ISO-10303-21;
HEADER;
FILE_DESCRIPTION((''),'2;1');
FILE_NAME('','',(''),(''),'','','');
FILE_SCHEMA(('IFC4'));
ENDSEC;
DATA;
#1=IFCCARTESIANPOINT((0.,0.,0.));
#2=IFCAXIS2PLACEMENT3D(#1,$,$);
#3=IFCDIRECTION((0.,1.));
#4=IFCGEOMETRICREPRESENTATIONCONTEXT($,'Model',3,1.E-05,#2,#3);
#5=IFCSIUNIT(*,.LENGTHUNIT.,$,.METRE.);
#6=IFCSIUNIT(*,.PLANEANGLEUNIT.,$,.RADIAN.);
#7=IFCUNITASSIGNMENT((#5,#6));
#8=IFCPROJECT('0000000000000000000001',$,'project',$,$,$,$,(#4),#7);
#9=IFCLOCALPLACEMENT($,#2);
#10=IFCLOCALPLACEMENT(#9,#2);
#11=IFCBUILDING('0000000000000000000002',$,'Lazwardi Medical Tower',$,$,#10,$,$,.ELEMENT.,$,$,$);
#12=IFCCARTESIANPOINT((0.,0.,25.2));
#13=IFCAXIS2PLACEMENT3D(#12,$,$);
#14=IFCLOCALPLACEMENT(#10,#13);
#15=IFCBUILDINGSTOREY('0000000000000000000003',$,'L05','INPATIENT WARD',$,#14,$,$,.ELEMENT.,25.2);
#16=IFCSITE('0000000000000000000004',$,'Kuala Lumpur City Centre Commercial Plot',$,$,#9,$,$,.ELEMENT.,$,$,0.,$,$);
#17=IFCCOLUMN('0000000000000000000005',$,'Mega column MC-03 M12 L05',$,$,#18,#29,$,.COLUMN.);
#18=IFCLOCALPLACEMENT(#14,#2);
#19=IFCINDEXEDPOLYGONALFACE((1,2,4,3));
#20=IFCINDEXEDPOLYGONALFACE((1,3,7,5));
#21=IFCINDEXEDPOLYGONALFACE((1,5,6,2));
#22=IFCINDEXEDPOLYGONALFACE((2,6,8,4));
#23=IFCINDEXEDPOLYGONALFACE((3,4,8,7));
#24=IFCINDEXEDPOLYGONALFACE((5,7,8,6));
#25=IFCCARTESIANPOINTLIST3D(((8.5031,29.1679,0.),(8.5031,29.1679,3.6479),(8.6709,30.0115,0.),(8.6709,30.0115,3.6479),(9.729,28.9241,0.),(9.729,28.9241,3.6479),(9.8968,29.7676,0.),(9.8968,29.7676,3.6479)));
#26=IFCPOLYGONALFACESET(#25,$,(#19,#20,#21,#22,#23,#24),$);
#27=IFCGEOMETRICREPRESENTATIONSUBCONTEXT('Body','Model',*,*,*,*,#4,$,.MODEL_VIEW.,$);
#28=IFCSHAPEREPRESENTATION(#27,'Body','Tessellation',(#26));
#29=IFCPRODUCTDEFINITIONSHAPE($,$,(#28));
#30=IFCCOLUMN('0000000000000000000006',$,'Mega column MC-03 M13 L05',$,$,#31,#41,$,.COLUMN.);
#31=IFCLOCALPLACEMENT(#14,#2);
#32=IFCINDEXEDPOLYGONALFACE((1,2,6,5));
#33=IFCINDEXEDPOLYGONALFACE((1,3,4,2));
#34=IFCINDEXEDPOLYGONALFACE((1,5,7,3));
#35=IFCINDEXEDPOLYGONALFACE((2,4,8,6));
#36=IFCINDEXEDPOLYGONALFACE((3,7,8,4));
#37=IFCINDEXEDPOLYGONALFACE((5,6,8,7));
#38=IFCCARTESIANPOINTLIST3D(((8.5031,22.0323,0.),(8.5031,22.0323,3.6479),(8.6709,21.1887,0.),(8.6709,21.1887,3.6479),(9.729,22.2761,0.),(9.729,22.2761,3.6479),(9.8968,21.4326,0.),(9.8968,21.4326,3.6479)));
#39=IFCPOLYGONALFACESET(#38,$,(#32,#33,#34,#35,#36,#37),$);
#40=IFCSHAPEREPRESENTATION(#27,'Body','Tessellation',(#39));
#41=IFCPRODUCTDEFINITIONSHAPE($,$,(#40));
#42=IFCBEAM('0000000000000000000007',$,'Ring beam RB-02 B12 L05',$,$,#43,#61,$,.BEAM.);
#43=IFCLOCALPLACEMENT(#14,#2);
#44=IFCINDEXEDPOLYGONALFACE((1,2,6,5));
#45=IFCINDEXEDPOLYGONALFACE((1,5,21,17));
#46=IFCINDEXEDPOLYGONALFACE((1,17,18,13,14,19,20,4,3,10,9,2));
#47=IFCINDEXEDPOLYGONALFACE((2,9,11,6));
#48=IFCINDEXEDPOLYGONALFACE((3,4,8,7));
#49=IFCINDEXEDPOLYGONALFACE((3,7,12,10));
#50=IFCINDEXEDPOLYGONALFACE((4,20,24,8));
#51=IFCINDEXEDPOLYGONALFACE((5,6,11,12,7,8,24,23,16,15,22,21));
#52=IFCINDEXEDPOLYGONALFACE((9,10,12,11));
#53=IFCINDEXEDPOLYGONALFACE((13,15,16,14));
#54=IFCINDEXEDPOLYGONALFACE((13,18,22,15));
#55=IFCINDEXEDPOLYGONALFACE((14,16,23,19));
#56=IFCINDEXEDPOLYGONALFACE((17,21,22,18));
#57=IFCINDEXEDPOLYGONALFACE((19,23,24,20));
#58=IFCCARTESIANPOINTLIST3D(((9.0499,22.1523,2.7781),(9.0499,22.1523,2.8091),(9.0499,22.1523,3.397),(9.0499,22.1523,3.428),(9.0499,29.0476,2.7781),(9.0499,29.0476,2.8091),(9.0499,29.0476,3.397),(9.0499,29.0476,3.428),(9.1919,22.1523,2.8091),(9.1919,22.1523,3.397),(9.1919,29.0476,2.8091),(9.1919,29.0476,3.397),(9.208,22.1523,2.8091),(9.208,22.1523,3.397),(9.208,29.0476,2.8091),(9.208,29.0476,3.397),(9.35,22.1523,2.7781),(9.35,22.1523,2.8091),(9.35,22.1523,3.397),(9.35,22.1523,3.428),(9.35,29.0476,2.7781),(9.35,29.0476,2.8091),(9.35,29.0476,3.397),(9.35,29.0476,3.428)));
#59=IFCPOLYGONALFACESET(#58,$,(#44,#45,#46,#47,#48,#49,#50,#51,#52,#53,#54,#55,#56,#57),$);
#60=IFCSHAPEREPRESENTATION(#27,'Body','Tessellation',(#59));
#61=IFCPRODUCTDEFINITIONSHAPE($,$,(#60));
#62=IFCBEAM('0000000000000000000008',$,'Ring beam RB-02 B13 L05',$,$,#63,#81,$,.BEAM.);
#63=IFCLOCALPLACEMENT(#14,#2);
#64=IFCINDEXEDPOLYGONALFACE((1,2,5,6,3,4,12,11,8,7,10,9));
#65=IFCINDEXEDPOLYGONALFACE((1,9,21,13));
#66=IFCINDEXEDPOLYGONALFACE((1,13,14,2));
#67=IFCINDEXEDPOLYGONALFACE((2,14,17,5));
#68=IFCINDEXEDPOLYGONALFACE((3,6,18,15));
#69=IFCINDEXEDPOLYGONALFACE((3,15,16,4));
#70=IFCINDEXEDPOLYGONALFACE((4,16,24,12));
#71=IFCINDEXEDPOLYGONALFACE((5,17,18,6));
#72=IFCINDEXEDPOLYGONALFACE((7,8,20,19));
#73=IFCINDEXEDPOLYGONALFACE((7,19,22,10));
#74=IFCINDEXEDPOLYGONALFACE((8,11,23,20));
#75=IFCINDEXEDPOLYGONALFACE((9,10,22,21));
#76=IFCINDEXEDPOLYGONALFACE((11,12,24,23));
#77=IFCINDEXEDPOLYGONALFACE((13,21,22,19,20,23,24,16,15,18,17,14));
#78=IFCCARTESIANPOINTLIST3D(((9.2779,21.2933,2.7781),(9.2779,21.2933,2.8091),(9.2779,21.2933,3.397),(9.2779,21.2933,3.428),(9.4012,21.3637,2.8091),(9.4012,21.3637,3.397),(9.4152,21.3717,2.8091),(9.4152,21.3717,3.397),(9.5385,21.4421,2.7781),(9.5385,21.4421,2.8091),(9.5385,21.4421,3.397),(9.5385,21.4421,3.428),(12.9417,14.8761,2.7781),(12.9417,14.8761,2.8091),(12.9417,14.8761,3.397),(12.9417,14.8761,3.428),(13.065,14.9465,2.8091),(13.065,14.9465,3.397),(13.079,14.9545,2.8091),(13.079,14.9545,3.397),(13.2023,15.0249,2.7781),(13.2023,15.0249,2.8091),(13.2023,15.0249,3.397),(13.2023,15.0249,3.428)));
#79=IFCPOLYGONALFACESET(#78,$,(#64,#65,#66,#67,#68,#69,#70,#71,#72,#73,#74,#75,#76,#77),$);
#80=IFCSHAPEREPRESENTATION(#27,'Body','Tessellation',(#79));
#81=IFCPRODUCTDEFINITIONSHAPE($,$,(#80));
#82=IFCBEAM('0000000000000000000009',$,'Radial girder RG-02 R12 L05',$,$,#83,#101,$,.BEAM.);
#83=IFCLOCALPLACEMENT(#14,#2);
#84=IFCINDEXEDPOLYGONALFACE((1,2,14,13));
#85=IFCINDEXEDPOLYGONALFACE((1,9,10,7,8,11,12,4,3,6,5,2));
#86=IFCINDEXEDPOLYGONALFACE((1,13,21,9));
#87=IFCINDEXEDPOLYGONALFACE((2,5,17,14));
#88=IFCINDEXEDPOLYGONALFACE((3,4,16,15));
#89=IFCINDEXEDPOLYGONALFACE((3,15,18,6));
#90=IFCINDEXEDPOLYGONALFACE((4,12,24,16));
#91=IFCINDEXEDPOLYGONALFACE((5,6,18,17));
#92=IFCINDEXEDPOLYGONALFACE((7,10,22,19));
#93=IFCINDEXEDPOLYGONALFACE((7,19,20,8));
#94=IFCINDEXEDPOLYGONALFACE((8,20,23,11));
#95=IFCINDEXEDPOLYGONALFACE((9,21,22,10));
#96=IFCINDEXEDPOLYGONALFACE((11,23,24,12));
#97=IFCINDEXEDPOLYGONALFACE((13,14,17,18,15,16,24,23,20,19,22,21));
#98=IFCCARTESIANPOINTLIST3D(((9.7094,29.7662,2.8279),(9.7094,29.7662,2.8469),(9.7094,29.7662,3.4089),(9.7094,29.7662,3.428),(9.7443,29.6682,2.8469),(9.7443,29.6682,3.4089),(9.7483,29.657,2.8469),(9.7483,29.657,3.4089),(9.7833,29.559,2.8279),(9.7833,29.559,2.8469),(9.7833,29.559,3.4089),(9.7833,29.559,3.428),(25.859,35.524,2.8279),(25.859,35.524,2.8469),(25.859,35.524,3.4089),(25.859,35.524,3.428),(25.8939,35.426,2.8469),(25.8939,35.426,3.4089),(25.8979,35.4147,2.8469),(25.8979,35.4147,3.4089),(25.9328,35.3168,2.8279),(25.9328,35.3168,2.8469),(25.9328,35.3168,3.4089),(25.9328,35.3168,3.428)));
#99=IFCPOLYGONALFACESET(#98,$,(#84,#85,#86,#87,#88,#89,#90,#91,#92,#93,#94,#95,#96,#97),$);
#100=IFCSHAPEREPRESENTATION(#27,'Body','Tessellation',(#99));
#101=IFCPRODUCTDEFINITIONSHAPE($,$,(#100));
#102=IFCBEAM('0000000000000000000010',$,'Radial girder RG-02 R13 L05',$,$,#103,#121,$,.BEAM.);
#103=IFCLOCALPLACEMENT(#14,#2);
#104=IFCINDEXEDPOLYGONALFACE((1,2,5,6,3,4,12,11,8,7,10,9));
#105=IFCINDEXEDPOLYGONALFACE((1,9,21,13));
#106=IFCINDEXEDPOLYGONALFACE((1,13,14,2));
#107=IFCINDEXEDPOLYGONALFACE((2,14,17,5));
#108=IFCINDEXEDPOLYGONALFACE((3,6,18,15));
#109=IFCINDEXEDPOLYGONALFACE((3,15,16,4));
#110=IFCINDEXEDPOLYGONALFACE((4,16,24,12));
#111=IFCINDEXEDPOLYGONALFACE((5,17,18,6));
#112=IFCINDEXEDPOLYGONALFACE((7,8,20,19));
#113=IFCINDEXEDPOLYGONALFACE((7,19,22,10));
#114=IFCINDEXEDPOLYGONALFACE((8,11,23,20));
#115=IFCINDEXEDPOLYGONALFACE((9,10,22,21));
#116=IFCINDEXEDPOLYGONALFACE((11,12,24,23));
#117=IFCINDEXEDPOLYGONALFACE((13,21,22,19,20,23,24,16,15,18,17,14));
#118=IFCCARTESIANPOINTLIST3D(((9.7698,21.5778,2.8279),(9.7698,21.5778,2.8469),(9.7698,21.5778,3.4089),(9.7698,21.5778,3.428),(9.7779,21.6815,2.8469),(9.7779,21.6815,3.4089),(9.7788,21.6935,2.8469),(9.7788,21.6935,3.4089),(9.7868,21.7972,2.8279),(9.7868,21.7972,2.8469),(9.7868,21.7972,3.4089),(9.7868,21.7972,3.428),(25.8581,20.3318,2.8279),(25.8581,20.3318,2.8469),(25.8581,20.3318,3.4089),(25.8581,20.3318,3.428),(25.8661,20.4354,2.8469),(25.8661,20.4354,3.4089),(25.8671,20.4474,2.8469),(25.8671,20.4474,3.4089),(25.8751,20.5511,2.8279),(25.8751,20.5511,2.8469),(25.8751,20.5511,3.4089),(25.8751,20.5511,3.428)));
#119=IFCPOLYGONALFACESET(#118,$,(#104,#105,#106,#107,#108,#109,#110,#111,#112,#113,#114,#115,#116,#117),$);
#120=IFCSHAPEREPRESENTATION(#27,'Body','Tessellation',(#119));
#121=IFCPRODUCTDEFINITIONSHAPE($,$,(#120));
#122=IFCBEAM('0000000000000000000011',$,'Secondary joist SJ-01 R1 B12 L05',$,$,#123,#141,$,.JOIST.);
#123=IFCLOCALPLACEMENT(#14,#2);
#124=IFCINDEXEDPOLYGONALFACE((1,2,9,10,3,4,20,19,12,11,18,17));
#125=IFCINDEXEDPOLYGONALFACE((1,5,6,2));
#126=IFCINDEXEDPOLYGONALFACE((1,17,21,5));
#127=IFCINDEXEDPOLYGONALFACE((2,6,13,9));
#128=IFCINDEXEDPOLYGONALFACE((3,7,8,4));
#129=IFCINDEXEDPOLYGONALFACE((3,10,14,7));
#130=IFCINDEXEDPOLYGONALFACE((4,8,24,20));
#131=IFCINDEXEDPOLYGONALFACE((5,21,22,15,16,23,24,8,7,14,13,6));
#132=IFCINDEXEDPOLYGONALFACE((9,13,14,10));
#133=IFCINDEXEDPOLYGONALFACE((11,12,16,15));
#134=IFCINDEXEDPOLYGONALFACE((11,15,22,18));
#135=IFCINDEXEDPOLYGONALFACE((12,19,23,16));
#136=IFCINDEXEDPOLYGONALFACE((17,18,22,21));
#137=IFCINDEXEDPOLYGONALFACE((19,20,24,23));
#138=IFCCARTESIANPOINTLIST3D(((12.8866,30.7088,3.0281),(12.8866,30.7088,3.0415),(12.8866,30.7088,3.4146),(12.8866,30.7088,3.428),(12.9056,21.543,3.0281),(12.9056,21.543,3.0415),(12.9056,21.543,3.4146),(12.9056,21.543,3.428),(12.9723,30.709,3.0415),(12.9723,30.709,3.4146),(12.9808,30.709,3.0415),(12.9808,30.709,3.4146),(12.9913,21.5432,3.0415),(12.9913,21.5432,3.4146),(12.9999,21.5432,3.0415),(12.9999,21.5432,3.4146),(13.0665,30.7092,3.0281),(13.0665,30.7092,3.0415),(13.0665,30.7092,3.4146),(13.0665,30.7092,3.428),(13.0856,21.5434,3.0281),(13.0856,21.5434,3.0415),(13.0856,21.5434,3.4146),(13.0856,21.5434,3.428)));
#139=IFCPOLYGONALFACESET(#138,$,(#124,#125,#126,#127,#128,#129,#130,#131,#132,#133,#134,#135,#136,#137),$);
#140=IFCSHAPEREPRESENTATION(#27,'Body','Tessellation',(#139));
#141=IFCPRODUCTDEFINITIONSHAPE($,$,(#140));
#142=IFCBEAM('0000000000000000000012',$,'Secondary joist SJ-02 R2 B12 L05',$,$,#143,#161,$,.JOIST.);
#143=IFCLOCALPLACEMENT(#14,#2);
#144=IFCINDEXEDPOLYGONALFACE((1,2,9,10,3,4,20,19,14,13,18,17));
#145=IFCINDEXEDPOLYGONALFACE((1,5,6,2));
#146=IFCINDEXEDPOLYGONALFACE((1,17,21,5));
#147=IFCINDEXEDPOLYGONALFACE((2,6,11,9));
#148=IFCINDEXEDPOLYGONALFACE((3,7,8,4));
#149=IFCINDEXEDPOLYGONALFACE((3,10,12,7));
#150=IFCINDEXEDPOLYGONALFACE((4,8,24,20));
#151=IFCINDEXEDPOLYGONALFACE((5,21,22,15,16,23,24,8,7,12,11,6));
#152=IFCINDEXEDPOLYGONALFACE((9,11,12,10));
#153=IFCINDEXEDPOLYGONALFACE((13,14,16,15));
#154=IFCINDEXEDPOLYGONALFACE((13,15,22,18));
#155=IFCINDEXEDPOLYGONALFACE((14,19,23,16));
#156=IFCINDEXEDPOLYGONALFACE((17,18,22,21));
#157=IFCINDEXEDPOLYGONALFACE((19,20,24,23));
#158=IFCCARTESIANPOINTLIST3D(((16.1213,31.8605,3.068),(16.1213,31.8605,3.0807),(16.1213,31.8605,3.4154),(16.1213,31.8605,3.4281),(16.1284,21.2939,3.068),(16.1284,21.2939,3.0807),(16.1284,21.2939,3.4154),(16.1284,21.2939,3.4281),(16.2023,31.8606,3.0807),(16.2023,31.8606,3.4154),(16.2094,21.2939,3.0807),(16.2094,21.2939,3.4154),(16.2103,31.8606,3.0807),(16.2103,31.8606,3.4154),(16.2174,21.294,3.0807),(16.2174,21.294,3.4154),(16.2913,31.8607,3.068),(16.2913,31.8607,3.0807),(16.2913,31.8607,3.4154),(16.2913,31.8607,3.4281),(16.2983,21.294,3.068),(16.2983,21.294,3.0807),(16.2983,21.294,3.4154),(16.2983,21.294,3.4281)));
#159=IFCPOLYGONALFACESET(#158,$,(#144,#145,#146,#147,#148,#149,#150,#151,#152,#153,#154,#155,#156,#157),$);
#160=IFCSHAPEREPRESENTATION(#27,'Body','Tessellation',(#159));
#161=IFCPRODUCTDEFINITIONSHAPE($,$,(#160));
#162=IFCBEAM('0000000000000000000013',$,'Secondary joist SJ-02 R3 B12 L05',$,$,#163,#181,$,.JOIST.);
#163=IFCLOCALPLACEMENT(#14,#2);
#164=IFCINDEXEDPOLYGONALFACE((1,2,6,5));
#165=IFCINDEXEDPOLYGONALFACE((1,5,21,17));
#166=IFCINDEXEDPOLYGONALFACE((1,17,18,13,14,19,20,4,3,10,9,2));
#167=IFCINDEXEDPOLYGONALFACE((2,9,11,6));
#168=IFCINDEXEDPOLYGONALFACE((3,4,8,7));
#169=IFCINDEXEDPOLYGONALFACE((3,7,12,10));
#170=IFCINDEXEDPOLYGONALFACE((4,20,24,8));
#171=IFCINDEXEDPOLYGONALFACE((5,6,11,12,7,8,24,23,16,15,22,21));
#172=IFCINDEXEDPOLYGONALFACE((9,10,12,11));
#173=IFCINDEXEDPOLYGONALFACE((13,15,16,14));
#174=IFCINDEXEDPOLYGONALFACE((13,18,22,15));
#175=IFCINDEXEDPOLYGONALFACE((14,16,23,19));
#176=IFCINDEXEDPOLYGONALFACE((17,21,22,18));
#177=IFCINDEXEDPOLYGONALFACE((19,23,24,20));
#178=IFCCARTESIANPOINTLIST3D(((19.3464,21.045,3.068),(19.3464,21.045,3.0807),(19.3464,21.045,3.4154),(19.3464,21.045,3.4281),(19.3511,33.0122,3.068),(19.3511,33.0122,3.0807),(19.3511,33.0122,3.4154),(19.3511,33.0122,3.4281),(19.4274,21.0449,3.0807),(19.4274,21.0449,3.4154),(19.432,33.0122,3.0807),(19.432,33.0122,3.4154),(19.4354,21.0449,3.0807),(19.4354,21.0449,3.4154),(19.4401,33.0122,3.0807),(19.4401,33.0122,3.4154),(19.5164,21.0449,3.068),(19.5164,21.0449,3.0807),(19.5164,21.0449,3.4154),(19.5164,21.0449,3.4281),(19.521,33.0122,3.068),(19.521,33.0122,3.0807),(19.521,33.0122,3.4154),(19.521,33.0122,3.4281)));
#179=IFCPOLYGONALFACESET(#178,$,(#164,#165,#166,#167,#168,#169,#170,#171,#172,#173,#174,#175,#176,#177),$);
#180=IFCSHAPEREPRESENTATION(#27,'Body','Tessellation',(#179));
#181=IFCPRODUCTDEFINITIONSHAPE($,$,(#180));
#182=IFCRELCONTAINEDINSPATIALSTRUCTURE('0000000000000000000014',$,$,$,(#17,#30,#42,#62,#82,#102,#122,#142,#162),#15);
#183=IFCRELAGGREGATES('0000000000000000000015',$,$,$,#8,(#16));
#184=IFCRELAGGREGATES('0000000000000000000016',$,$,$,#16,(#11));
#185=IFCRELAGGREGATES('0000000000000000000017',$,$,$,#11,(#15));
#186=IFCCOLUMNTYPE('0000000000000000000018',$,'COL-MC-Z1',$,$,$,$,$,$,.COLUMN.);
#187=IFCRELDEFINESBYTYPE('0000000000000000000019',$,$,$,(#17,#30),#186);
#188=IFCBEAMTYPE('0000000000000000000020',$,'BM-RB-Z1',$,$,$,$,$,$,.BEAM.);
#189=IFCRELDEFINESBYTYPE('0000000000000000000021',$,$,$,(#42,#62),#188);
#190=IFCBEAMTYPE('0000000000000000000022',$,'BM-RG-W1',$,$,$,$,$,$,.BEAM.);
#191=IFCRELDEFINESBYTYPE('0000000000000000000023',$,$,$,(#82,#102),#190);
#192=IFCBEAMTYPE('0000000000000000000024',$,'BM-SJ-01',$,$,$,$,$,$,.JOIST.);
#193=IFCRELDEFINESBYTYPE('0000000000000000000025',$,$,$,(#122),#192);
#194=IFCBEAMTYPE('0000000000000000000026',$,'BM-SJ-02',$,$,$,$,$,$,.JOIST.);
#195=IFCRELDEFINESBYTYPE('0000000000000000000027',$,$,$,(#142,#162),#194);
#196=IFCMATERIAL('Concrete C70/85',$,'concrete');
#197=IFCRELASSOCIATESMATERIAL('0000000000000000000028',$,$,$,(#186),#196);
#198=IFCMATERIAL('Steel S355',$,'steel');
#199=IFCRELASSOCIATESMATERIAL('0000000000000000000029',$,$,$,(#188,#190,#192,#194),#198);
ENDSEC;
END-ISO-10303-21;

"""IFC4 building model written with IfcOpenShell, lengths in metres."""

from ifc_helpers import new_model, si_unit, direction, frame, origin, origin_2d, place, context, subcontext, project, spatial, rectangle, i_section, extrude, material, material_profile, profile_set, type_object, element, save


model = new_model("IFC4")

# Units and contexts
model_context = context("Model", 3, precision=1e-05, world=origin(), true_north=direction((0.0, 1.0)))
body_context = subcontext(model_context, "Body", "Model", "MODEL_VIEW")
ifc_project = project(units=[si_unit("LENGTHUNIT", "METRE"), si_unit("PLANEANGLEUNIT", "RADIAN")], contexts=[model_context])

# Site, building, storey
site_placement = place(None, origin())
site = spatial("IfcSite", under=ifc_project, at=site_placement, Name="Kuala Lumpur City Centre Commercial Plot", CompositionType="ELEMENT", RefElevation=0.0)
building_placement = place(site_placement, origin())
building = spatial("IfcBuilding", under=site, at=building_placement, Name="Lazwardi Medical Tower", CompositionType="ELEMENT")
storey_placement = place(building_placement, frame((0.0, 0.0, 25.2)))
storey = spatial("IfcBuildingStorey", under=building, at=storey_placement, Name="L05", Description="INPATIENT WARD", CompositionType="ELEMENT", Elevation=25.2)

# Columns
ifc_material_1 = material(Name="Concrete C70/85", Category="concrete")
ifc_material_profile_1 = material_profile(ifc_material_1, rectangle(XDim=1.25, YDim=0.8601, at=origin_2d()), Name="CFT-RECT 1250x860")
ifc_profile_set_1 = profile_set([ifc_material_profile_1], Name="Concrete C70/85")
column_type = type_object("IfcColumnType", Name="COL-MC-Z1", PredefinedType="COLUMN", material=ifc_profile_set_1)
for number, where, z_axis, x_axis, name in (
    (1, (9.2, 29.4678, 0.0), (0.0, 0.0, 1.0), (-0.980785, 0.19509, 0.0), "Mega column MC-03 M12 L05"),
    (2, (9.2, 21.7324, 0.0), (0.0, 0.0, 1.0), (-0.980785, -0.19509, 0.0), "Mega column MC-03 M13 L05"),
):
    element("IfcColumn", number, at=place(storey_placement, frame(where, z_axis=z_axis, x_axis=x_axis)), inside=storey, type_object=column_type, Name=name, PredefinedType="COLUMN", context=body_context, shape_type="SweptSolid", body=[
        extrude(rectangle(XDim=1.25, YDim=0.8601, at=origin_2d()), origin(), (0.0, 0.0, 1.0), 3.6479),
    ])

# Beams
ifc_material_2 = material(Name="Steel S355", Category="steel")
ifc_material_profile_2 = material_profile(ifc_material_2, i_section(OverallWidth=0.3, OverallDepth=0.6499, WebThickness=0.0161, FlangeThickness=0.031, at=origin_2d()), Name="HEB 650")
ifc_profile_set_2 = profile_set([ifc_material_profile_2], Name="Steel S355")
beam_type_1 = type_object("IfcBeamType", Name="BM-RB-Z1", PredefinedType="BEAM", material=ifc_profile_set_2)
beam_1_placement = place(storey_placement, frame((9.2, 29.0476, 3.103), z_axis=(0.0, -1.0, 0.0), x_axis=(1.0, 0.0, 0.0)))
element("IfcBeam", 3, at=beam_1_placement, inside=storey, type_object=beam_type_1, Name="Ring beam RB-02 B12 L05", PredefinedType="BEAM", context=body_context, shape_type="SweptSolid", body=[
    extrude(i_section(OverallWidth=0.3, OverallDepth=0.6499, WebThickness=0.0161, FlangeThickness=0.031, at=origin_2d()), origin(), (0.0, 0.0, 1.0), 6.8953),
])
beam_2_placement = place(storey_placement, frame((9.4082, 21.3677, 3.103), z_axis=(0.495815, -0.868428, 0.0), x_axis=(0.868428, 0.495815, 0.0)))
element("IfcBeam", 4, at=beam_2_placement, inside=storey, type_object=beam_type_1, Name="Ring beam RB-02 B13 L05", PredefinedType="BEAM", context=body_context, shape_type="SweptSolid", body=[
    extrude(i_section(OverallWidth=0.3, OverallDepth=0.6499, WebThickness=0.0161, FlangeThickness=0.031, at=origin_2d()), origin(), (0.0, 0.0, 1.0), 7.3894),
])
ifc_material_profile_3 = material_profile(ifc_material_2, i_section(OverallWidth=0.22, OverallDepth=0.6001, WebThickness=0.012, FlangeThickness=0.019, at=origin_2d()), Name="IPE 600")
ifc_profile_set_3 = profile_set([ifc_material_profile_3], Name="Steel S355")
beam_type_2 = type_object("IfcBeamType", Name="BM-RG-W1", PredefinedType="BEAM", material=ifc_profile_set_3)
beam_3_placement = place(storey_placement, frame((9.7463, 29.6626, 3.1279), z_axis=(0.941925, 0.335823, 0.0), x_axis=(-0.335823, 0.941925, 0.0)))
element("IfcBeam", 5, at=beam_3_placement, inside=storey, type_object=beam_type_2, Name="Radial girder RG-02 R12 L05", PredefinedType="BEAM", context=body_context, shape_type="SweptSolid", body=[
    extrude(i_section(OverallWidth=0.22, OverallDepth=0.6001, WebThickness=0.012, FlangeThickness=0.019, at=origin_2d()), origin(), (0.0, 0.0, 1.0), 17.1453),
])
beam_4_placement = place(storey_placement, frame((9.7783, 21.6875, 3.1279), z_axis=(0.997014, -0.077222, 0.0), x_axis=(0.077222, 0.997014, 0.0)))
element("IfcBeam", 6, at=beam_4_placement, inside=storey, type_object=beam_type_2, Name="Radial girder RG-02 R13 L05", PredefinedType="BEAM", context=body_context, shape_type="SweptSolid", body=[
    extrude(i_section(OverallWidth=0.22, OverallDepth=0.6001, WebThickness=0.012, FlangeThickness=0.019, at=origin_2d()), origin(), (0.0, 0.0, 1.0), 16.1365),
])
ifc_material_profile_4 = material_profile(ifc_material_2, i_section(OverallWidth=0.1799, OverallDepth=0.3999, WebThickness=0.0085, FlangeThickness=0.0134, at=origin_2d()), Name="IPE 400")
ifc_profile_set_4 = profile_set([ifc_material_profile_4], Name="Steel S355")
beam_type_3 = type_object("IfcBeamType", Name="BM-SJ-01", PredefinedType="JOIST", material=ifc_profile_set_4)
beam_5_placement = place(storey_placement, frame((12.9766, 30.709, 3.228), z_axis=(0.002078, -0.999998, 0.0), x_axis=(0.999998, 0.002078, 0.0)))
element("IfcBeam", 7, at=beam_5_placement, inside=storey, type_object=beam_type_3, Name="Secondary joist SJ-01 R1 B12 L05", PredefinedType="JOIST", context=body_context, shape_type="SweptSolid", body=[
    extrude(i_section(OverallWidth=0.1799, OverallDepth=0.3999, WebThickness=0.0085, FlangeThickness=0.0134, at=origin_2d()), origin(), (0.0, 0.0, 1.0), 9.1658),
])
ifc_material_profile_5 = material_profile(ifc_material_2, i_section(OverallWidth=0.1699, OverallDepth=0.3601, WebThickness=0.0081, FlangeThickness=0.0127, at=origin_2d()), Name="IPE 360")
ifc_profile_set_5 = profile_set([ifc_material_profile_5], Name="Steel S355")
beam_type_4 = type_object("IfcBeamType", Name="BM-SJ-02", PredefinedType="JOIST", material=ifc_profile_set_5)
beam_6_placement = place(storey_placement, frame((16.2063, 31.8606, 3.248), z_axis=(0.00067, -1.0, 0.0), x_axis=(1.0, 0.00067, 0.0)))
element("IfcBeam", 8, at=beam_6_placement, inside=storey, type_object=beam_type_4, Name="Secondary joist SJ-02 R2 B12 L05", PredefinedType="JOIST", context=body_context, shape_type="SweptSolid", body=[
    extrude(i_section(OverallWidth=0.1699, OverallDepth=0.3601, WebThickness=0.0081, FlangeThickness=0.0127, at=origin_2d()), origin(), (0.0, 0.0, 1.0), 10.5667),
])
beam_7_placement = place(storey_placement, frame((19.436, 33.0122, 3.248), z_axis=(-0.000388, -1.0, 0.0), x_axis=(1.0, -0.000388, 0.0)))
element("IfcBeam", 9, at=beam_7_placement, inside=storey, type_object=beam_type_4, Name="Secondary joist SJ-02 R3 B12 L05", PredefinedType="JOIST", context=body_context, shape_type="SweptSolid", body=[
    extrude(i_section(OverallWidth=0.1699, OverallDepth=0.3601, WebThickness=0.0081, FlangeThickness=0.0127, at=origin_2d()), origin(), (0.0, 0.0, 1.0), 11.9673),
])

save(model, "model.ifc")
